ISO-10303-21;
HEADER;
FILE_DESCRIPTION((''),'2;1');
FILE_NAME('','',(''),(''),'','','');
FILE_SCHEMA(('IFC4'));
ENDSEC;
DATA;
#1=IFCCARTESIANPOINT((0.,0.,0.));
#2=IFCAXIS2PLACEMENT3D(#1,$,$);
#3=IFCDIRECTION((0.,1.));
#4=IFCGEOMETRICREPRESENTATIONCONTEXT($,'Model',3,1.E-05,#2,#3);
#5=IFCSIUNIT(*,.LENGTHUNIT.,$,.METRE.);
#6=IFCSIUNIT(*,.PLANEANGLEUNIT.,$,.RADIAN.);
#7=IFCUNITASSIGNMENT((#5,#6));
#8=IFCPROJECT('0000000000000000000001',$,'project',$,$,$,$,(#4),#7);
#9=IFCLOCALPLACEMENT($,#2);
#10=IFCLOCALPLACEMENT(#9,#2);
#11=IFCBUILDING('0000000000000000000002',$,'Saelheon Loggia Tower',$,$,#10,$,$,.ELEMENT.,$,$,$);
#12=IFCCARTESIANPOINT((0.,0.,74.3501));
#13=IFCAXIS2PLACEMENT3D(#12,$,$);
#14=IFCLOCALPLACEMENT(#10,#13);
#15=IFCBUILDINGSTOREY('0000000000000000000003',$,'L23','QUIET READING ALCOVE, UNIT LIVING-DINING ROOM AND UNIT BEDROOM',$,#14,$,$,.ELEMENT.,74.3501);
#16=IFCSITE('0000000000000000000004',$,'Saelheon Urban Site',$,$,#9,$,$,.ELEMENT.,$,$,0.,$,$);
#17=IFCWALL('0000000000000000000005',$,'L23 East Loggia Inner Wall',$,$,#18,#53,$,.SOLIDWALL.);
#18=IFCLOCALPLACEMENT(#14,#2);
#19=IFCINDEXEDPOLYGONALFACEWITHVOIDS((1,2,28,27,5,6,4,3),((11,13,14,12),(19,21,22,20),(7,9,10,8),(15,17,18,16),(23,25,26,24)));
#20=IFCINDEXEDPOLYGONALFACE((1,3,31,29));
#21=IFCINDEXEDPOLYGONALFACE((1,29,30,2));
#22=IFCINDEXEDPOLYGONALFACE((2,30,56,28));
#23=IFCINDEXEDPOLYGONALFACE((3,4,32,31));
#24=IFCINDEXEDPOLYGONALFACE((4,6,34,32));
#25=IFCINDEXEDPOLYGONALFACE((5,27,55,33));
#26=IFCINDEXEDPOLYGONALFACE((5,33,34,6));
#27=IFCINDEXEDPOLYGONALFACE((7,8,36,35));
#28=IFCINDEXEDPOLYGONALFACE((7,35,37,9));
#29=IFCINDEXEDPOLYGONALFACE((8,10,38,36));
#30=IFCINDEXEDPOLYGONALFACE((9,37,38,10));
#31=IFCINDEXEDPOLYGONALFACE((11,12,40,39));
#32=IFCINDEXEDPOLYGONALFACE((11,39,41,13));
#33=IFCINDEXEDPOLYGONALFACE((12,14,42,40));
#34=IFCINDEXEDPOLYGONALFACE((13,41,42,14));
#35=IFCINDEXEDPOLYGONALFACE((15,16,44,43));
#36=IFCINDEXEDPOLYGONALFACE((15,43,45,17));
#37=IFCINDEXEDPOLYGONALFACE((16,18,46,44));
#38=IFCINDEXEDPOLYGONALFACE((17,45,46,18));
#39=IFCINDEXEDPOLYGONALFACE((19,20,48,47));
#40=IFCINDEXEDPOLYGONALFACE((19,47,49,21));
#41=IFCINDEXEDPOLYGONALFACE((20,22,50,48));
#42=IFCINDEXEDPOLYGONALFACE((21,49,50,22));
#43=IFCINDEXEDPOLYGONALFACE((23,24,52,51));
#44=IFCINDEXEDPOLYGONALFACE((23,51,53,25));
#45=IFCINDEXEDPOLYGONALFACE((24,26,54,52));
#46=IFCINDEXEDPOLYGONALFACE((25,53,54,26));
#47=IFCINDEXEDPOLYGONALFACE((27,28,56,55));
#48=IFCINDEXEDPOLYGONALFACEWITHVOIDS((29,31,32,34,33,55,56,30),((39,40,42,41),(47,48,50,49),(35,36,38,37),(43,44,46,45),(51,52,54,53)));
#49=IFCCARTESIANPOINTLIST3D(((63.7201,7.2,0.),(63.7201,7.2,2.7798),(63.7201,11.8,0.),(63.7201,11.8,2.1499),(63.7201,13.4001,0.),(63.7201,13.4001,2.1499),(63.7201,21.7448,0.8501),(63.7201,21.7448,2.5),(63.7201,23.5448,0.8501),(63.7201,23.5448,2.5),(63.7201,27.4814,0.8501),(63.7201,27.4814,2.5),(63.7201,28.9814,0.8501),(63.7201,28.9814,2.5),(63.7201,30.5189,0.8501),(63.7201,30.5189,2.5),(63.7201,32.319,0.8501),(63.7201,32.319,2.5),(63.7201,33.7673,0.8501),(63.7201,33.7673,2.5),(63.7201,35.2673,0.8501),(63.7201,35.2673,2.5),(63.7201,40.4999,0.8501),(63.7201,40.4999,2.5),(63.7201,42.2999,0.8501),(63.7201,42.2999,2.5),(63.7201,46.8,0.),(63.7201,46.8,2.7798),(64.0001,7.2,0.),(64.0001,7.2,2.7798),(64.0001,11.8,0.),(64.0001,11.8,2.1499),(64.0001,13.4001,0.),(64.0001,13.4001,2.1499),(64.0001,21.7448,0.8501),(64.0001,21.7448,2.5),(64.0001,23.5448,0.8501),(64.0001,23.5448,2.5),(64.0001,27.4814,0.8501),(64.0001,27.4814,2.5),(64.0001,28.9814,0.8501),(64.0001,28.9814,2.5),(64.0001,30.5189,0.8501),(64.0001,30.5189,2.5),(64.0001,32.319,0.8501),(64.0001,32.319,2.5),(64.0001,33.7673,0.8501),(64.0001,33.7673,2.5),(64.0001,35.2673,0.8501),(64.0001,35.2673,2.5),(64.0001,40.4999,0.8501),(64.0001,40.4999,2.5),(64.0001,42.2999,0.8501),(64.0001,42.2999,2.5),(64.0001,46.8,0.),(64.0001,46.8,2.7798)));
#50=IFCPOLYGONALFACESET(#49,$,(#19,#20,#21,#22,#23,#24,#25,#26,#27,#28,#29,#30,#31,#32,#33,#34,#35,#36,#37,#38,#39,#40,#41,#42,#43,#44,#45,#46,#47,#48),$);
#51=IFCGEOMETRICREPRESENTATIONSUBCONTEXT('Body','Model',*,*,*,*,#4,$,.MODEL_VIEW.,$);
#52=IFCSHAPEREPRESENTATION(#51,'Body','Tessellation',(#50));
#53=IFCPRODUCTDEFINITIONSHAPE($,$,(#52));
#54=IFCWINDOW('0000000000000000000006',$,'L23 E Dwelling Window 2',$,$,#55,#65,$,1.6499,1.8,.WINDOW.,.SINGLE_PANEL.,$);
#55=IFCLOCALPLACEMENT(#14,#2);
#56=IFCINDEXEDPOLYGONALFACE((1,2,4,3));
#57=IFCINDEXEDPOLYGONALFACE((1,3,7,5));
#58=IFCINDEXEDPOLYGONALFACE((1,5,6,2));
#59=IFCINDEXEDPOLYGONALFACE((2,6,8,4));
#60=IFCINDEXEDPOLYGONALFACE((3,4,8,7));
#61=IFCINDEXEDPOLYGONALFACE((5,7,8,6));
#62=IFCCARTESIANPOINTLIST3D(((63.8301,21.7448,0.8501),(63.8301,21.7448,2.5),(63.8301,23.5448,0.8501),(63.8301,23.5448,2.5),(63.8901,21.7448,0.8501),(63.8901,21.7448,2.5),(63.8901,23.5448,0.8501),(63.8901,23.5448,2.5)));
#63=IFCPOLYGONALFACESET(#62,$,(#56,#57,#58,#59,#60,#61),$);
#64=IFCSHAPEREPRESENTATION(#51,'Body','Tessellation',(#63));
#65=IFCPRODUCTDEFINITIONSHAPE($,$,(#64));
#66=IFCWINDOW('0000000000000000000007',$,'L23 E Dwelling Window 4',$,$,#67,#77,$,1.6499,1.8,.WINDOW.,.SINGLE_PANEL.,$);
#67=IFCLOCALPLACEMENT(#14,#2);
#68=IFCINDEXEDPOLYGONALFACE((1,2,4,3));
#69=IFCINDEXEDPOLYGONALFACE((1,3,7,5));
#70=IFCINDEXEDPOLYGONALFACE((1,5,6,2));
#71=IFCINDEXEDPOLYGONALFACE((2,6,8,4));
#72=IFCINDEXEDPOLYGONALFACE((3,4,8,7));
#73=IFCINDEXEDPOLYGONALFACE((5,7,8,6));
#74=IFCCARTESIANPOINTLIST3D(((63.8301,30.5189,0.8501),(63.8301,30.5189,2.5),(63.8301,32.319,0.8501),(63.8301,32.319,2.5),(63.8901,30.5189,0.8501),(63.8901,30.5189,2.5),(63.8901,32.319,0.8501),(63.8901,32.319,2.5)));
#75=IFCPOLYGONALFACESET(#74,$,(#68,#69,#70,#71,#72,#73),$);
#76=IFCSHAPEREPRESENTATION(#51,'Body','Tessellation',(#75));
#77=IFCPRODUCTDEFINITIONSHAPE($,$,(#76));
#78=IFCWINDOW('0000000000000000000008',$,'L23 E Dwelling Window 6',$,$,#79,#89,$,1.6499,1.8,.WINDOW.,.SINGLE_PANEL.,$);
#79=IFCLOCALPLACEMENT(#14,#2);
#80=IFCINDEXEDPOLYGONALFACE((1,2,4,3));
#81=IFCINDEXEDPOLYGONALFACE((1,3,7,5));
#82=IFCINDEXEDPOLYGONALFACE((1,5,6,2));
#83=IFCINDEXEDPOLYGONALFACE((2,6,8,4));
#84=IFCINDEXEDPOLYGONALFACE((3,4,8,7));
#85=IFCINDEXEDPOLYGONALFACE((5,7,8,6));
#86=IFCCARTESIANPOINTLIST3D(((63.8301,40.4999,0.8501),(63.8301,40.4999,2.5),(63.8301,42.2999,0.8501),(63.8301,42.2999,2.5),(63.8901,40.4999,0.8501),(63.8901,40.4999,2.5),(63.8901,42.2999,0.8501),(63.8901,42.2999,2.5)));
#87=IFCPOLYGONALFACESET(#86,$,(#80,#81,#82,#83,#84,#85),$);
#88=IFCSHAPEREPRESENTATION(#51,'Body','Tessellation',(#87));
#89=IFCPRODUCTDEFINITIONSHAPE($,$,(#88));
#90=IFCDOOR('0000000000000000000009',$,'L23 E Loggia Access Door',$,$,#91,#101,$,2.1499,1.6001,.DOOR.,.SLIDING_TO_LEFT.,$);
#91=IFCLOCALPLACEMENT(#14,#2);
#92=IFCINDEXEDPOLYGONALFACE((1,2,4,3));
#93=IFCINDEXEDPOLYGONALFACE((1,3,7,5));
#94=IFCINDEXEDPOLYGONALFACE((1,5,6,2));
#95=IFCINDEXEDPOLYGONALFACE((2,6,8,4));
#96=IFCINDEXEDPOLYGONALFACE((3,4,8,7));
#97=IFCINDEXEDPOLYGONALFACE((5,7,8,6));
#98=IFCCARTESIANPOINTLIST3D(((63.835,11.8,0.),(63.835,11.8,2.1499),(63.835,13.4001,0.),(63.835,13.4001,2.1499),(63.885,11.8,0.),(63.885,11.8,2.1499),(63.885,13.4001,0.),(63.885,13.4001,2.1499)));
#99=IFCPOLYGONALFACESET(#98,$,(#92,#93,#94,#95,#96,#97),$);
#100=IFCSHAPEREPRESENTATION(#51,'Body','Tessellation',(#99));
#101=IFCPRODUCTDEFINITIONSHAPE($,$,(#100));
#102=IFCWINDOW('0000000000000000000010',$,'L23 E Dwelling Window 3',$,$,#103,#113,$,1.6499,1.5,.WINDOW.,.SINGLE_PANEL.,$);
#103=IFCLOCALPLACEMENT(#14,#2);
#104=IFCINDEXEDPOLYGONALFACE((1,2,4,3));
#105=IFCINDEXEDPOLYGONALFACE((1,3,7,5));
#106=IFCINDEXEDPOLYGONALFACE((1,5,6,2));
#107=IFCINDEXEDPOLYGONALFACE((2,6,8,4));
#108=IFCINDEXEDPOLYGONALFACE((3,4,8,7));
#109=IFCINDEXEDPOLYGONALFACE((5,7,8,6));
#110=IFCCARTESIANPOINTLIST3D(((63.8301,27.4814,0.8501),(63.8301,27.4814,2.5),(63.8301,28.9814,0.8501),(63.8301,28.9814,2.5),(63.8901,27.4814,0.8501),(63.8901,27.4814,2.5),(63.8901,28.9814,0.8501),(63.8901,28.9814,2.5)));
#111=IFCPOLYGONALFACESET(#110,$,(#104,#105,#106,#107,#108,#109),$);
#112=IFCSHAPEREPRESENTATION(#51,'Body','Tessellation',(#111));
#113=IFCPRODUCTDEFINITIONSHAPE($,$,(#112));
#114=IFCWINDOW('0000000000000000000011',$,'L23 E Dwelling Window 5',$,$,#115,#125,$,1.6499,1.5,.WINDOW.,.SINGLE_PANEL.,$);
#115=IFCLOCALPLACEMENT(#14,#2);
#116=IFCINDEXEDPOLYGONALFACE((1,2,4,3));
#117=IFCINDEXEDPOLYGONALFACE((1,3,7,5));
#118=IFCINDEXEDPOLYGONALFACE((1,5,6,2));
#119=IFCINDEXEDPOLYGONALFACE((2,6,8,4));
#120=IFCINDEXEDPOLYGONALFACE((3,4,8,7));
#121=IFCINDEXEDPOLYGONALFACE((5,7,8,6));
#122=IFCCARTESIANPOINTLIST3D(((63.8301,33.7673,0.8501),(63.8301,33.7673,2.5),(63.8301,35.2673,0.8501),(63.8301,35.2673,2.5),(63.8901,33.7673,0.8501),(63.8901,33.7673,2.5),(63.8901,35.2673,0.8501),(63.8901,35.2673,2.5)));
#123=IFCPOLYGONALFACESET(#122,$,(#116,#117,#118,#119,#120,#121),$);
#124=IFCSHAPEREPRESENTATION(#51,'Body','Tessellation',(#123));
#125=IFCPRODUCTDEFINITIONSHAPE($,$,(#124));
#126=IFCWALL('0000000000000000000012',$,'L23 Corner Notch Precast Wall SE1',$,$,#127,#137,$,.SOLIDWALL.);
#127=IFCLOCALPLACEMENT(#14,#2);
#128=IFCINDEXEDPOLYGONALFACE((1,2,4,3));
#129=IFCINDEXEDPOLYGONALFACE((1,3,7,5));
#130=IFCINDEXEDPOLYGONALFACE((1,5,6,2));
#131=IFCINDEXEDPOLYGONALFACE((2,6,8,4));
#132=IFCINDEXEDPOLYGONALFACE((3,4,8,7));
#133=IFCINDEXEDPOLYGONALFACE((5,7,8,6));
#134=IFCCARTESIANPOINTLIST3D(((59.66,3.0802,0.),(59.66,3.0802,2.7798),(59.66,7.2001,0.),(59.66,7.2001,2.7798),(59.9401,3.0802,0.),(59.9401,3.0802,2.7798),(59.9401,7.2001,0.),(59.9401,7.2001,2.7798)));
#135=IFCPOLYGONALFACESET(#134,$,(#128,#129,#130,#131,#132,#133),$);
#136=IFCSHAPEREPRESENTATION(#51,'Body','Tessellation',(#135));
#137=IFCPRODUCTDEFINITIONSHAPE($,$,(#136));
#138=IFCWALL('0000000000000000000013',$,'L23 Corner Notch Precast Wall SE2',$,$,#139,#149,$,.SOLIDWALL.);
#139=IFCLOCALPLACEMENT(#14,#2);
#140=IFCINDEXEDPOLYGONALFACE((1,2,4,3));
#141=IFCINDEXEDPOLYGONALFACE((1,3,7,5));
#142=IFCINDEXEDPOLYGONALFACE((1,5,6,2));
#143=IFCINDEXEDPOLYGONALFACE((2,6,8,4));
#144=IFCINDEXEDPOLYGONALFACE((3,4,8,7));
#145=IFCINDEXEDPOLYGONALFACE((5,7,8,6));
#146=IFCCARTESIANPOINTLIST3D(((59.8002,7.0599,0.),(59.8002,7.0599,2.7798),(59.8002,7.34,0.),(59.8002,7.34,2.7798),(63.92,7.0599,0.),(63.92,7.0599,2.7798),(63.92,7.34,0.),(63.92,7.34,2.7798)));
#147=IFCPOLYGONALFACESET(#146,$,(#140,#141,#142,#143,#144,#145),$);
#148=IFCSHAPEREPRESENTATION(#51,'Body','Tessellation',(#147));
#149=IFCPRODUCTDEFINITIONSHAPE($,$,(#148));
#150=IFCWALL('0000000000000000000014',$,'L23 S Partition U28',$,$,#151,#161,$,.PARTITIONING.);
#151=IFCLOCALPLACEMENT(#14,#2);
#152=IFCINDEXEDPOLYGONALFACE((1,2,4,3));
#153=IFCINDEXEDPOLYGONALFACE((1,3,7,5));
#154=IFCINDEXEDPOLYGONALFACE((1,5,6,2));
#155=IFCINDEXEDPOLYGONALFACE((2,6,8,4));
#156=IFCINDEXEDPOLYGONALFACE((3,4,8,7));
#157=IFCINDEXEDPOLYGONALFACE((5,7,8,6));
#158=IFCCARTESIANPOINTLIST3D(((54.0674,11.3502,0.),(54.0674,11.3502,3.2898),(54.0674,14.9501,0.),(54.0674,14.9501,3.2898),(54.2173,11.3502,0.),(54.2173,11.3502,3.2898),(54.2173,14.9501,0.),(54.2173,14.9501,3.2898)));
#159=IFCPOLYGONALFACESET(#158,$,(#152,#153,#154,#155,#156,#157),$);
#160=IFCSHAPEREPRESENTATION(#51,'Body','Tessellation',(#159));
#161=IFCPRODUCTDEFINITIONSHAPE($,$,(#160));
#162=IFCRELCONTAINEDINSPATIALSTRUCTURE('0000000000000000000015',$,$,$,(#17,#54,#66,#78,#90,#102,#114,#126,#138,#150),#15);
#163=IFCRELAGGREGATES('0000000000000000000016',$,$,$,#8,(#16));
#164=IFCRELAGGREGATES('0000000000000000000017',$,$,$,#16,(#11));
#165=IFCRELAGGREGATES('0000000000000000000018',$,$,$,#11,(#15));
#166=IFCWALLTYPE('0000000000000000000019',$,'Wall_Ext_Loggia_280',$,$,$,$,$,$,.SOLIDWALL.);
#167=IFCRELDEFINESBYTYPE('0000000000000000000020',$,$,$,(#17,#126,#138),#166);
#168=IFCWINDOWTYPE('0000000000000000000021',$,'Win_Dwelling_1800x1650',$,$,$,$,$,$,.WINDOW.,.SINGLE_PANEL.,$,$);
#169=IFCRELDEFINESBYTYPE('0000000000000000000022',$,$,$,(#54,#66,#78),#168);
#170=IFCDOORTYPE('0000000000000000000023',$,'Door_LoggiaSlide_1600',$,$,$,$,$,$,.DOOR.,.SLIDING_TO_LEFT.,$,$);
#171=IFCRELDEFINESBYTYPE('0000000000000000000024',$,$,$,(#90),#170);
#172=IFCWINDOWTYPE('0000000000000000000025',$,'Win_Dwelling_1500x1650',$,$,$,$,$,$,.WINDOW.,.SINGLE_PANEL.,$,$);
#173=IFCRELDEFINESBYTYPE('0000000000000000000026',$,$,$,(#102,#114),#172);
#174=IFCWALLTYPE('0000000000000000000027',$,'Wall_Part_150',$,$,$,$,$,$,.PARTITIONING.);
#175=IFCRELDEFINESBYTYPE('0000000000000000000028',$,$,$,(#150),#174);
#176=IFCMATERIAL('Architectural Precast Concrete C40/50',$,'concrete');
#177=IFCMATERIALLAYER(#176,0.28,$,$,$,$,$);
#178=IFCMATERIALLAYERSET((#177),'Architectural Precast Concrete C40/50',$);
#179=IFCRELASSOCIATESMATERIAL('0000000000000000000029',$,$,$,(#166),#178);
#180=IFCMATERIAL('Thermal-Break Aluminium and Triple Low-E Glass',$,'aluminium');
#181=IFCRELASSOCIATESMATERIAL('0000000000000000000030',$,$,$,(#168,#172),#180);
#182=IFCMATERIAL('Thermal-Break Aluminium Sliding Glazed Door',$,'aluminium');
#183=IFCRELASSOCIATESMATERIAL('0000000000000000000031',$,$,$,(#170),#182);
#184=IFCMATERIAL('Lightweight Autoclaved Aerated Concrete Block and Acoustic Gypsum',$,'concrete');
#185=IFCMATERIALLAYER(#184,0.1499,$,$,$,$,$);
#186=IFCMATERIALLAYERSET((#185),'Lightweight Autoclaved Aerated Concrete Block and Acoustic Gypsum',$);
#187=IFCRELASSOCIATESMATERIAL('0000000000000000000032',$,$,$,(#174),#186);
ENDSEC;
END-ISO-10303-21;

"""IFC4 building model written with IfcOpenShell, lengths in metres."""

from ifc_helpers import new_model, si_unit, direction, frame, frame_2d, origin, place, context, subcontext, project, spatial, rectangle, extrude, source, transform, mapped, material, layer, layer_set, type_object, element, fill, save


model = new_model("IFC4")

# Units and contexts
model_context = context("Model", 3, precision=1e-05, world=origin(), true_north=direction((0.0, 1.0)))
body_context = subcontext(model_context, "Body", "Model", "MODEL_VIEW")
ifc_project = project(units=[si_unit("LENGTHUNIT", "METRE"), si_unit("PLANEANGLEUNIT", "RADIAN")], contexts=[model_context])

# Site, building, storey
site_placement = place(None, origin())
site = spatial("IfcSite", under=ifc_project, at=site_placement, Name="Saelheon Urban Site", CompositionType="ELEMENT", RefElevation=0.0)
building_placement = place(site_placement, origin())
building = spatial("IfcBuilding", under=site, at=building_placement, Name="Saelheon Loggia Tower", CompositionType="ELEMENT")
storey_placement = place(building_placement, frame((0.0, 0.0, 74.3501)))
storey = spatial("IfcBuildingStorey", under=building, at=storey_placement, Name="L23", Description="QUIET READING ALCOVE, UNIT LIVING-DINING ROOM AND UNIT BEDROOM", CompositionType="ELEMENT", Elevation=74.3501)

# Wall, openings, windows, door
ifc_material_1 = material(Name="Architectural Precast Concrete C40/50", Category="concrete")
ifc_layer_1 = layer(ifc_material_1, 0.28)
ifc_layer_set_1 = layer_set([ifc_layer_1], Name="Architectural Precast Concrete C40/50")
wall_type_1 = type_object("IfcWallType", Name="Wall_Ext_Loggia_280", PredefinedType="SOLIDWALL", material=ifc_layer_set_1)
wall_1_placement = place(storey_placement, frame((63.8601, 7.2, 0.0), z_axis=(0.0, 0.0, 1.0), x_axis=(0.0, 1.0, 0.0)))
wall_1 = element("IfcWall", 1, at=wall_1_placement, inside=storey, type_object=wall_type_1, Name="L23 East Loggia Inner Wall", PredefinedType="SOLIDWALL", context=body_context, shape_type="SweptSolid", body=[
    extrude(rectangle(XDim=39.6001, YDim=0.28, at=frame_2d((19.8, 0.0))), origin(), (0.0, 0.0, 1.0), 2.7798),
])
opening_1_placement = place(wall_1_placement, frame((6.2002, 0.0, 0.0), z_axis=(0.0, 0.0, 1.0), x_axis=(-1.0, 0.0, 0.0)))
opening_1 = element("IfcOpeningElement", 2, at=opening_1_placement, cuts=wall_1, PredefinedType="OPENING", context=body_context, shape_type="SweptSolid", body=[
    extrude(rectangle(XDim=1.6001, YDim=2.1499, at=frame_2d((0.8, 1.075))), frame((0.0, 0.1521, 0.0), z_axis=(0.0, -1.0, 0.0), x_axis=(1.0, 0.0, 0.0)), (0.0, 0.0, 1.0), 0.304),
])
opening_2_placement = place(wall_1_placement, frame((14.5449, 0.0, 0.8501)))
opening_2 = element("IfcOpeningElement", 3, at=opening_2_placement, cuts=wall_1, PredefinedType="OPENING", context=body_context, shape_type="SweptSolid", body=[
    extrude(rectangle(XDim=1.8, YDim=1.6499, at=frame_2d((0.8999, 0.825))), frame((0.0, 0.1521, 0.0), z_axis=(0.0, -1.0, 0.0), x_axis=(1.0, 0.0, 0.0)), (0.0, 0.0, 1.0), 0.304),
])
opening_3_placement = place(wall_1_placement, frame((20.2815, 0.0, 0.8501)))
opening_3 = element("IfcOpeningElement", 4, at=opening_3_placement, cuts=wall_1, PredefinedType="OPENING", context=body_context, shape_type="SweptSolid", body=[
    extrude(rectangle(XDim=1.5, YDim=1.6499, at=frame_2d((0.75, 0.825))), frame((0.0, 0.1521, 0.0), z_axis=(0.0, -1.0, 0.0), x_axis=(1.0, 0.0, 0.0)), (0.0, 0.0, 1.0), 0.304),
])
opening_4_placement = place(wall_1_placement, frame((23.3191, 0.0, 0.8501)))
opening_4 = element("IfcOpeningElement", 5, at=opening_4_placement, cuts=wall_1, PredefinedType="OPENING", context=body_context, shape_type="SweptSolid", body=[
    extrude(rectangle(XDim=1.8, YDim=1.6499, at=frame_2d((0.8999, 0.825))), frame((0.0, 0.1521, 0.0), z_axis=(0.0, -1.0, 0.0), x_axis=(1.0, 0.0, 0.0)), (0.0, 0.0, 1.0), 0.304),
])
opening_5_placement = place(wall_1_placement, frame((26.5674, 0.0, 0.8501)))
opening_5 = element("IfcOpeningElement", 6, at=opening_5_placement, cuts=wall_1, PredefinedType="OPENING", context=body_context, shape_type="SweptSolid", body=[
    extrude(rectangle(XDim=1.5, YDim=1.6499, at=frame_2d((0.75, 0.825))), frame((0.0, 0.1521, 0.0), z_axis=(0.0, -1.0, 0.0), x_axis=(1.0, 0.0, 0.0)), (0.0, 0.0, 1.0), 0.304),
])
opening_6_placement = place(wall_1_placement, frame((33.3, 0.0, 0.8501)))
opening_6 = element("IfcOpeningElement", 7, at=opening_6_placement, cuts=wall_1, PredefinedType="OPENING", context=body_context, shape_type="SweptSolid", body=[
    extrude(rectangle(XDim=1.8, YDim=1.6499, at=frame_2d((0.8999, 0.825))), frame((0.0, 0.1521, 0.0), z_axis=(0.0, -1.0, 0.0), x_axis=(1.0, 0.0, 0.0)), (0.0, 0.0, 1.0), 0.304),
])
ifc_material_2 = material(Name="Thermal-Break Aluminium and Triple Low-E Glass", Category="aluminium")
window_type_1 = type_object("IfcWindowType", Name="Win_Dwelling_1800x1650", PartitioningType="SINGLE_PANEL", PredefinedType="WINDOW", material=ifc_material_2)
shared_shape_1 = source(origin(), body_context, "Body", "SweptSolid", [
    extrude(rectangle(XDim=1.8, YDim=1.6499, at=frame_2d((0.8999, 0.825))), frame((0.0, 0.03, 0.0), z_axis=(0.0, -1.0, 0.0), x_axis=(1.0, 0.0, 0.0)), (0.0, 0.0, 1.0), 0.0601),
])
window_1_placement = place(opening_2_placement, origin())
window_1 = element("IfcWindow", 8, at=window_1_placement, inside=storey, type_object=window_type_1, Name="L23 E Dwelling Window 2", OverallHeight=1.6499, OverallWidth=1.8, PartitioningType="SINGLE_PANEL", PredefinedType="WINDOW", context=body_context, shape_type="MappedRepresentation", body=[
    mapped(shared_shape_1, transform((0.0, 0.0, 0.0), scale=1.0)),
])
fill(opening_2, window_1)
window_2_placement = place(opening_4_placement, origin())
window_2 = element("IfcWindow", 9, at=window_2_placement, inside=storey, type_object=window_type_1, Name="L23 E Dwelling Window 4", OverallHeight=1.6499, OverallWidth=1.8, PartitioningType="SINGLE_PANEL", PredefinedType="WINDOW", context=body_context, shape_type="MappedRepresentation", body=[
    mapped(shared_shape_1, transform((0.0, 0.0, 0.0), scale=1.0)),
])
fill(opening_4, window_2)
window_3_placement = place(opening_6_placement, origin())
window_3 = element("IfcWindow", 10, at=window_3_placement, inside=storey, type_object=window_type_1, Name="L23 E Dwelling Window 6", OverallHeight=1.6499, OverallWidth=1.8, PartitioningType="SINGLE_PANEL", PredefinedType="WINDOW", context=body_context, shape_type="MappedRepresentation", body=[
    mapped(shared_shape_1, transform((0.0, 0.0, 0.0), scale=1.0)),
])
fill(opening_6, window_3)
ifc_material_3 = material(Name="Thermal-Break Aluminium Sliding Glazed Door", Category="aluminium")
door_type_1 = type_object("IfcDoorType", Name="Door_LoggiaSlide_1600", OperationType="SLIDING_TO_LEFT", PredefinedType="DOOR", material=ifc_material_3)
shared_shape_2 = source(origin(), body_context, "Body", "SweptSolid", [
    extrude(rectangle(XDim=1.6001, YDim=2.1499, at=frame_2d((0.8, 1.075))), frame((0.0, 0.0249, 0.0), z_axis=(0.0, -1.0, 0.0), x_axis=(1.0, 0.0, 0.0)), (0.0, 0.0, 1.0), 0.05),
])
door_1_placement = place(opening_1_placement, origin())
door_1 = element("IfcDoor", 11, at=door_1_placement, inside=storey, type_object=door_type_1, Name="L23 E Loggia Access Door", OperationType="SLIDING_TO_LEFT", OverallHeight=2.1499, OverallWidth=1.6001, PredefinedType="DOOR", context=body_context, shape_type="MappedRepresentation", body=[
    mapped(shared_shape_2, transform((0.0, 0.0, 0.0), scale=1.0)),
])
fill(opening_1, door_1)
window_type_2 = type_object("IfcWindowType", Name="Win_Dwelling_1500x1650", PartitioningType="SINGLE_PANEL", PredefinedType="WINDOW", material=ifc_material_2)
shared_shape_3 = source(origin(), body_context, "Body", "SweptSolid", [
    extrude(rectangle(XDim=1.5, YDim=1.6499, at=frame_2d((0.75, 0.825))), frame((0.0, 0.03, 0.0), z_axis=(0.0, -1.0, 0.0), x_axis=(1.0, 0.0, 0.0)), (0.0, 0.0, 1.0), 0.0601),
])
window_4_placement = place(opening_3_placement, origin())
window_4 = element("IfcWindow", 12, at=window_4_placement, inside=storey, type_object=window_type_2, Name="L23 E Dwelling Window 3", OverallHeight=1.6499, OverallWidth=1.5, PartitioningType="SINGLE_PANEL", PredefinedType="WINDOW", context=body_context, shape_type="MappedRepresentation", body=[
    mapped(shared_shape_3, transform((0.0, 0.0, 0.0), scale=1.0)),
])
fill(opening_3, window_4)
window_5_placement = place(opening_5_placement, origin())
window_5 = element("IfcWindow", 13, at=window_5_placement, inside=storey, type_object=window_type_2, Name="L23 E Dwelling Window 5", OverallHeight=1.6499, OverallWidth=1.5, PartitioningType="SINGLE_PANEL", PredefinedType="WINDOW", context=body_context, shape_type="MappedRepresentation", body=[
    mapped(shared_shape_3, transform((0.0, 0.0, 0.0), scale=1.0)),
])
fill(opening_5, window_5)

# Walls
for number, where, z_axis, x_axis, name in (
    (14, (59.8, 3.0801, 0.0), (0.0, 0.0, 1.0), (0.0, 1.0, 0.0), "L23 Corner Notch Precast Wall SE1"),
    (15, (59.8, 7.2, 0.0), (0.0, 0.0, 1.0), (1.0, 0.0, 0.0), "L23 Corner Notch Precast Wall SE2"),
):
    element("IfcWall", number, at=place(storey_placement, frame(where, z_axis=z_axis, x_axis=x_axis)), inside=storey, type_object=wall_type_1, Name=name, PredefinedType="SOLIDWALL", context=body_context, shape_type="SweptSolid", body=[
        extrude(rectangle(XDim=4.1199, YDim=0.28, at=frame_2d((2.0601, 0.0))), origin(), (0.0, 0.0, 1.0), 2.7798),
    ])
ifc_material_4 = material(Name="Lightweight Autoclaved Aerated Concrete Block and Acoustic Gypsum", Category="concrete")
ifc_layer_2 = layer(ifc_material_4, 0.1499)
ifc_layer_set_2 = layer_set([ifc_layer_2], Name="Lightweight Autoclaved Aerated Concrete Block and Acoustic Gypsum")
wall_type_2 = type_object("IfcWallType", Name="Wall_Part_150", PredefinedType="PARTITIONING", material=ifc_layer_set_2)
wall_2_placement = place(storey_placement, frame((54.1423, 14.95, 0.0), z_axis=(0.0, 0.0, 1.0), x_axis=(0.0, -1.0, 0.0)))
element("IfcWall", 16, at=wall_2_placement, inside=storey, type_object=wall_type_2, Name="L23 S Partition U28", PredefinedType="PARTITIONING", context=body_context, shape_type="SweptSolid", body=[
    extrude(rectangle(XDim=3.5999, YDim=0.1499, at=frame_2d((1.7998, 0.0))), origin(), (0.0, 0.0, 1.0), 3.2898),
])

save(model, "model.ifc")
